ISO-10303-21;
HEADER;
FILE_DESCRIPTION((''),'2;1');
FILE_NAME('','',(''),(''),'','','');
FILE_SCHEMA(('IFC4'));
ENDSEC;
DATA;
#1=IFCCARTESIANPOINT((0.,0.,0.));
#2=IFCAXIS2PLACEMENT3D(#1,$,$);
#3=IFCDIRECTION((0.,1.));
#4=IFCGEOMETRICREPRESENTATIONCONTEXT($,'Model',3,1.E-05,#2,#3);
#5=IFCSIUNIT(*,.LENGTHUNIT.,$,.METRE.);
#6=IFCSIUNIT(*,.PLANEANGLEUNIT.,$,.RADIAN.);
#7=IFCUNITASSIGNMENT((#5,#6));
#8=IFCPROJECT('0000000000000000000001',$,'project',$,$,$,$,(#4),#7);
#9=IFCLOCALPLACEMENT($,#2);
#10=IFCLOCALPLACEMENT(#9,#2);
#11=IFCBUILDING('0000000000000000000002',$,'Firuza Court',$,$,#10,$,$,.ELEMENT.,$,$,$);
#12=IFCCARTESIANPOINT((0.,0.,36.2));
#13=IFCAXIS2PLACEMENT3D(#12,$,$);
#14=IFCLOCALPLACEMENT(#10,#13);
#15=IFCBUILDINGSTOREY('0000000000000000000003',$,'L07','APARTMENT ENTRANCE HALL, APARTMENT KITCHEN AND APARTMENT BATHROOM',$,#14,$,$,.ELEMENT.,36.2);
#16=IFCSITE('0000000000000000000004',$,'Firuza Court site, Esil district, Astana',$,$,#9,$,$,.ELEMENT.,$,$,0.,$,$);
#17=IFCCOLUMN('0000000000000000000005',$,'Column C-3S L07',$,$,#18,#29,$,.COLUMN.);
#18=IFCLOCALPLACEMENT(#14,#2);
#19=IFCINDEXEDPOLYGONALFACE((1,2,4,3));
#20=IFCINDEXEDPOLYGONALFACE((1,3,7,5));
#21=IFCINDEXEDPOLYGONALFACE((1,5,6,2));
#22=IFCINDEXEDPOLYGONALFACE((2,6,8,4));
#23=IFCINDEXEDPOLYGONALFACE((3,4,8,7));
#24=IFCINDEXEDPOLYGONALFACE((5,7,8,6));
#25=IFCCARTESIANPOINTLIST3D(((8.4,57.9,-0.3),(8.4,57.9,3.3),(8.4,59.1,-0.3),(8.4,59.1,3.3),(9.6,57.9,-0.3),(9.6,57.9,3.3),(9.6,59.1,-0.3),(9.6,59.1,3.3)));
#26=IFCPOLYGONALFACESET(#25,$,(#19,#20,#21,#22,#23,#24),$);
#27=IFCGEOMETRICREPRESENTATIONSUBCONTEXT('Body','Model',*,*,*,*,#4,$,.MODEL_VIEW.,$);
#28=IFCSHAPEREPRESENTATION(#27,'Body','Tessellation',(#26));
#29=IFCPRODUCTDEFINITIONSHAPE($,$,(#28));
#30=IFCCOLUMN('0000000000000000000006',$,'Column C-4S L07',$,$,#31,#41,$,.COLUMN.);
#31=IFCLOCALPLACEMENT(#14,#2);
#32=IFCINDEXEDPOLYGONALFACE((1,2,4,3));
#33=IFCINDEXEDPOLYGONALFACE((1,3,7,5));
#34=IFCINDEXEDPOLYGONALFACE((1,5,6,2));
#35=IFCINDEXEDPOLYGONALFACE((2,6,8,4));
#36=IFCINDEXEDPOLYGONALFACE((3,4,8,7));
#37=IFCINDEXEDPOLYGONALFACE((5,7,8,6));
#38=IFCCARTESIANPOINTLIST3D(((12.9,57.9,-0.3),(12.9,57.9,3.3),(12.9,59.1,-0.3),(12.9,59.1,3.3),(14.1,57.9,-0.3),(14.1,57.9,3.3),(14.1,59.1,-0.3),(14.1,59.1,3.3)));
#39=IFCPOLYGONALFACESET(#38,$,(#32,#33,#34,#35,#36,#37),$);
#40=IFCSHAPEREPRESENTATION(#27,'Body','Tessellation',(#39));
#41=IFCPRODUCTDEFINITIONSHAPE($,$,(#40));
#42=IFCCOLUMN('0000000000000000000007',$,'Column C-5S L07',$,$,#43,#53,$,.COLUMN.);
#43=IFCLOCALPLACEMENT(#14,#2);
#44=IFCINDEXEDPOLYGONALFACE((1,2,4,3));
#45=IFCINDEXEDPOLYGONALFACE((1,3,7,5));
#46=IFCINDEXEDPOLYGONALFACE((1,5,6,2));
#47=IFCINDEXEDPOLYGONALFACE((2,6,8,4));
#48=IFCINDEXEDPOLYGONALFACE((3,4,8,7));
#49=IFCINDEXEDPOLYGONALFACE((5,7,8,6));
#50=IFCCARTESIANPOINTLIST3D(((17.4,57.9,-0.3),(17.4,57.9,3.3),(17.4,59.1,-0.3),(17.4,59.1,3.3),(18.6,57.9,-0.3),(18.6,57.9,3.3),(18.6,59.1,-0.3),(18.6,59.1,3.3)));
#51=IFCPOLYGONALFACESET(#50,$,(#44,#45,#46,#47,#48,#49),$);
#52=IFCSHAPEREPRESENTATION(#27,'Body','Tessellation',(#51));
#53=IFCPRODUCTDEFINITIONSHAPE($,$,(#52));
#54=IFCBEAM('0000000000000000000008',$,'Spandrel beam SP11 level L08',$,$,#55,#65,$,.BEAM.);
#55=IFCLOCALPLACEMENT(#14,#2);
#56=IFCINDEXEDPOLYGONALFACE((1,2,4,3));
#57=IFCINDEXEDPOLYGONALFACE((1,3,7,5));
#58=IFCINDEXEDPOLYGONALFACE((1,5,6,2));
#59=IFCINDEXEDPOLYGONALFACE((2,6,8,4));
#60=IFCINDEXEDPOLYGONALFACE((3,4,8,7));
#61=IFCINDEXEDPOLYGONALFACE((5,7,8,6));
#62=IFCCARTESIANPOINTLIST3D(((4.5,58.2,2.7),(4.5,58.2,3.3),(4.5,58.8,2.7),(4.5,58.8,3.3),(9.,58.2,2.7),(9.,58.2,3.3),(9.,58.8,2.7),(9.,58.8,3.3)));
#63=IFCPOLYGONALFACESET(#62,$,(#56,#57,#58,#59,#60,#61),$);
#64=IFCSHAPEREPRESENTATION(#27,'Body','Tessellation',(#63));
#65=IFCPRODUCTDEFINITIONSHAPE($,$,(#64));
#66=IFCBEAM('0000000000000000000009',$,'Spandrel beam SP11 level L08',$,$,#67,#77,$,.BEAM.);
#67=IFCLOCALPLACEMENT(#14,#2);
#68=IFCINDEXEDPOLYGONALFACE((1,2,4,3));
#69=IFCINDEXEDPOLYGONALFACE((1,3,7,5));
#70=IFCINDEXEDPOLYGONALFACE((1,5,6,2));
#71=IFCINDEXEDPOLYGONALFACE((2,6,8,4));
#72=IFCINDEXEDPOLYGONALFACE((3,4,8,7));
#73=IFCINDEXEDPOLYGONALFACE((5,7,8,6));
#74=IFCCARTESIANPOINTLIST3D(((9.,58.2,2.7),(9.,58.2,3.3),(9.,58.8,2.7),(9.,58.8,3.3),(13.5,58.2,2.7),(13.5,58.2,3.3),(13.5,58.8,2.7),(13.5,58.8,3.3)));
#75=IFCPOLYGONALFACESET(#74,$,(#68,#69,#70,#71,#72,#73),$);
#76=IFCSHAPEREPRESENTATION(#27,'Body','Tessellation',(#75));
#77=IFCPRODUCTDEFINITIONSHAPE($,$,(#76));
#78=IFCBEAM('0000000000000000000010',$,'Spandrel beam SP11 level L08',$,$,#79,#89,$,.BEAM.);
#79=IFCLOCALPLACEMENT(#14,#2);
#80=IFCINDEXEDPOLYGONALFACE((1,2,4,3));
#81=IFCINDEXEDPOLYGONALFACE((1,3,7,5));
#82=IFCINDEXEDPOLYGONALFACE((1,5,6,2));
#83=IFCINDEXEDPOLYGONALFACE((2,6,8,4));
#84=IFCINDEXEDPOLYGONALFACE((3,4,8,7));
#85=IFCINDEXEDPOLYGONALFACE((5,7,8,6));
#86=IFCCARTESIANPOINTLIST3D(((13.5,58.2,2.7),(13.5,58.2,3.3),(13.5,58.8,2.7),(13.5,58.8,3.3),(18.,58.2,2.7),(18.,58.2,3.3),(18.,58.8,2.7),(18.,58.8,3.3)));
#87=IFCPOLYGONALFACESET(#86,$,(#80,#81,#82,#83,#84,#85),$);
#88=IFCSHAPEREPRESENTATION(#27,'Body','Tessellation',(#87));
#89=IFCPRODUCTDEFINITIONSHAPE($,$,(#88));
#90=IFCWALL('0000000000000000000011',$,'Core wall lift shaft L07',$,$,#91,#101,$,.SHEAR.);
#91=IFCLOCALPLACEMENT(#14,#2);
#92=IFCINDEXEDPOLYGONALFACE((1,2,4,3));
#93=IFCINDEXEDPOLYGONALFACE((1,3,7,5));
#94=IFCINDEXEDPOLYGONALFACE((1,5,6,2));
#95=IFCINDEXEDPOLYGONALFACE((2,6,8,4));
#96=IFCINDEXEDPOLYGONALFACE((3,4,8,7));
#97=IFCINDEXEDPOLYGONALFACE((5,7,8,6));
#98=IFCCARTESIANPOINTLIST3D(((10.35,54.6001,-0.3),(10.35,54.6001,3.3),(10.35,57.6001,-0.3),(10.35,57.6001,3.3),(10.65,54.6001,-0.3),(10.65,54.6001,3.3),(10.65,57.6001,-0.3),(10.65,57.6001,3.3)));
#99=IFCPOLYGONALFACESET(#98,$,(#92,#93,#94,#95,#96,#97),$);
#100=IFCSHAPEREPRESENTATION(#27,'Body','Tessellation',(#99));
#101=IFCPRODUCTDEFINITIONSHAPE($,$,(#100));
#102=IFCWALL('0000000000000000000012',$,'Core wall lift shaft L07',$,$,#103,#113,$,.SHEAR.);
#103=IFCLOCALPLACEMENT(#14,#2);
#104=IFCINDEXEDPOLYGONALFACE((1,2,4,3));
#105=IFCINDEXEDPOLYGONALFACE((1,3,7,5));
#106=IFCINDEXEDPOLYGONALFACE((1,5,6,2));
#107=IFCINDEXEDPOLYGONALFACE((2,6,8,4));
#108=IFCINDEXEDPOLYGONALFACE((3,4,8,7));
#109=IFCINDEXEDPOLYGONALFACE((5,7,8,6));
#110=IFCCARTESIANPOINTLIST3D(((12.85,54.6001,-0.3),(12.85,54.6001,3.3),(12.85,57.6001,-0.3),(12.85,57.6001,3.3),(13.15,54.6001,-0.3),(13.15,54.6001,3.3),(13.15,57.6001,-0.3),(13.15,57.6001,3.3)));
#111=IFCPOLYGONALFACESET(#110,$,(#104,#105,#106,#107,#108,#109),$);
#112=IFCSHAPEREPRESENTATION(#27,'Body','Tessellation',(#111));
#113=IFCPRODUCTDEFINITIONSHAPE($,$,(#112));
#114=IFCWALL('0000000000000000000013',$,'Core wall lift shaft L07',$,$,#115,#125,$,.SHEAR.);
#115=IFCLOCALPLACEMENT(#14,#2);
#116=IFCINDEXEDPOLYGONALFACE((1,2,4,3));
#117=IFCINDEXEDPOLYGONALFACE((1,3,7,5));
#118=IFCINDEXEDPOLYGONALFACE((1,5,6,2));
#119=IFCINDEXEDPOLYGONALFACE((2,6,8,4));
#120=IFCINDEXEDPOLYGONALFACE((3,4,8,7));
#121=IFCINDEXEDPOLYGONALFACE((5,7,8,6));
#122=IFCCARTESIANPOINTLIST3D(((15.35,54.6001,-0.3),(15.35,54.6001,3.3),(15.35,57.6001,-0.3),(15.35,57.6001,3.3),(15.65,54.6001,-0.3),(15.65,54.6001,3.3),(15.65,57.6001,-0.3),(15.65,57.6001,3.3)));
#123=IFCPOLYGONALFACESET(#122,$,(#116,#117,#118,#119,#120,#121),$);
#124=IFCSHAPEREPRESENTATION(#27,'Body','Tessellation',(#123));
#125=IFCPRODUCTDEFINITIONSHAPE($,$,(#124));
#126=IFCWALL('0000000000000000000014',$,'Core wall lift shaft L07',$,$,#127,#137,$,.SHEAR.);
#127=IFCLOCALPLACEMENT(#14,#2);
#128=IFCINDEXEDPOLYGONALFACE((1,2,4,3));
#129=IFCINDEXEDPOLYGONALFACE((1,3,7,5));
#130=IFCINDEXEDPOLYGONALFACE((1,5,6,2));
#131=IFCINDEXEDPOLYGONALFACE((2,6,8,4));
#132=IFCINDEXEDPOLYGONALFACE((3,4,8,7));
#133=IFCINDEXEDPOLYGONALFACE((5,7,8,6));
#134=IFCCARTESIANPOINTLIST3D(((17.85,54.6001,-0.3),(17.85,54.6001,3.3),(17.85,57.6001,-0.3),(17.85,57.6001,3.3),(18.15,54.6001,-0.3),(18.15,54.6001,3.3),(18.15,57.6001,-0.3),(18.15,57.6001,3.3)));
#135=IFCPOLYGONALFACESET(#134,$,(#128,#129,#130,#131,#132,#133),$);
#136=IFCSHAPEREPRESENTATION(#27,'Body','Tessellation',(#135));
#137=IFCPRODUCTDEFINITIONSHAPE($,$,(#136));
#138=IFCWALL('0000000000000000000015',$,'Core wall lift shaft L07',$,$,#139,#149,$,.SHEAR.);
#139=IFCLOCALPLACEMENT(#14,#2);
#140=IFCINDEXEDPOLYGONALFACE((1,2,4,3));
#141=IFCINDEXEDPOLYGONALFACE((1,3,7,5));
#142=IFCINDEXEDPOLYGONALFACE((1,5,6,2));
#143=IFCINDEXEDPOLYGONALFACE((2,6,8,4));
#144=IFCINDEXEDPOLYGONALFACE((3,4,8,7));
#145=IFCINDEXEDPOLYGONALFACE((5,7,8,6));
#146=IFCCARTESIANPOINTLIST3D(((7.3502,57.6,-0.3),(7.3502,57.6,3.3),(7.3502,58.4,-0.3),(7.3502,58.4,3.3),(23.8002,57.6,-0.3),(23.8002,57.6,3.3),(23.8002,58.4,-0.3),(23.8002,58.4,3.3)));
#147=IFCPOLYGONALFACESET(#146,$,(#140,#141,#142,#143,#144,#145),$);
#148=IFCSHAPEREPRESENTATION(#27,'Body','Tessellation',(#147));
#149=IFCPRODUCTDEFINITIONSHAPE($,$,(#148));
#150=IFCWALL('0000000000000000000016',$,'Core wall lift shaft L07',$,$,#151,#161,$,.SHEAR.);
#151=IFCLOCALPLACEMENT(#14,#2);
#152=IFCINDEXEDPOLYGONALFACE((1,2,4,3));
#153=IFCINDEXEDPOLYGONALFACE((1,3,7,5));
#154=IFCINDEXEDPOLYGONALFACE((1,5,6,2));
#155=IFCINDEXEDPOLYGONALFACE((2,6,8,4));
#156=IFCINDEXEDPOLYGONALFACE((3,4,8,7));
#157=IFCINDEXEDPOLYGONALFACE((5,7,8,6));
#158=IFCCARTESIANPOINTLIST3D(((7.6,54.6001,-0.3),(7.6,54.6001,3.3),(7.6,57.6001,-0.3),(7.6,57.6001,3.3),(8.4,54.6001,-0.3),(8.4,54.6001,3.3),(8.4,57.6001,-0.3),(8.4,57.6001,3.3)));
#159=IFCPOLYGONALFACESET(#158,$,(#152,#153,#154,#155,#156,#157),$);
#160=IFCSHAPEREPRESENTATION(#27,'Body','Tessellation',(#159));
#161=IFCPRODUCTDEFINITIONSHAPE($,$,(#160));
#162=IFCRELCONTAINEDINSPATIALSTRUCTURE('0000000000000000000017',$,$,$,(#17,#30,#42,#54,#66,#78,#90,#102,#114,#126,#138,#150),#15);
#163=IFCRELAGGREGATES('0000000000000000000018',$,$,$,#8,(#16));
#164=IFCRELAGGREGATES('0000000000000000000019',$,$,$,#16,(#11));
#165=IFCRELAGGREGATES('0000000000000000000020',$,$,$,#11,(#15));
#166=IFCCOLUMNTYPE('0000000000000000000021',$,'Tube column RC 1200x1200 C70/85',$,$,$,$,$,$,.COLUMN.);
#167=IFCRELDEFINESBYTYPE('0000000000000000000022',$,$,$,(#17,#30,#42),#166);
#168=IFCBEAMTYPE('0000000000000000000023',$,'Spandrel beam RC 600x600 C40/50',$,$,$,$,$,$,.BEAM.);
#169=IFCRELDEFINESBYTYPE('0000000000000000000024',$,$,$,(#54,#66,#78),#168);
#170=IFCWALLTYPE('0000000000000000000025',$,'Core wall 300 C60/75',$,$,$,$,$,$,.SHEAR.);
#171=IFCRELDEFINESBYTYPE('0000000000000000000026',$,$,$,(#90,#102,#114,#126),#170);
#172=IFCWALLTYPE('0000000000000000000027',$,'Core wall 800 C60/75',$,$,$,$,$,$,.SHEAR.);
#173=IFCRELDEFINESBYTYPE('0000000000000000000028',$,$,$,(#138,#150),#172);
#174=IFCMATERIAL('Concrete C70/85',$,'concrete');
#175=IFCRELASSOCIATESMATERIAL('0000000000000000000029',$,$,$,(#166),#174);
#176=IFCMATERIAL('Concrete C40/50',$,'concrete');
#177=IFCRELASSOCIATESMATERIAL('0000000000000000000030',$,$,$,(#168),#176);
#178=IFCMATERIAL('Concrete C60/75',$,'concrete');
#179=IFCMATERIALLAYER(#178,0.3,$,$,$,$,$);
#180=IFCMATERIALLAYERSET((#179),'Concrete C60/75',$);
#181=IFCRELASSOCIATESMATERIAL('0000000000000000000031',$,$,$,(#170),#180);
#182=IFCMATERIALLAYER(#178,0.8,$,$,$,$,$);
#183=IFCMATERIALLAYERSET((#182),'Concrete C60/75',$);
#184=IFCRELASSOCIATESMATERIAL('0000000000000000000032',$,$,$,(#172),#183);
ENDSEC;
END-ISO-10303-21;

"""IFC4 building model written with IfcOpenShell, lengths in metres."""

from ifc_helpers import new_model, si_unit, direction, frame, frame_2d, origin, origin_2d, place, context, subcontext, project, spatial, rectangle, extrude, material, layer, layer_set, material_profile, profile_set, type_object, element, save


model = new_model("IFC4")

# Units and contexts
model_context = context("Model", 3, precision=1e-05, world=origin(), true_north=direction((0.0, 1.0)))
body_context = subcontext(model_context, "Body", "Model", "MODEL_VIEW")
ifc_project = project(units=[si_unit("LENGTHUNIT", "METRE"), si_unit("PLANEANGLEUNIT", "RADIAN")], contexts=[model_context])

# Site, building, storey
site_placement = place(None, origin())
site = spatial("IfcSite", under=ifc_project, at=site_placement, Name="Firuza Court site, Esil district, Astana", CompositionType="ELEMENT", RefElevation=0.0)
building_placement = place(site_placement, origin())
building = spatial("IfcBuilding", under=site, at=building_placement, Name="Firuza Court", CompositionType="ELEMENT")
storey_placement = place(building_placement, frame((0.0, 0.0, 36.2)))
storey = spatial("IfcBuildingStorey", under=building, at=storey_placement, Name="L07", Description="APARTMENT ENTRANCE HALL, APARTMENT KITCHEN AND APARTMENT BATHROOM", CompositionType="ELEMENT", Elevation=36.2)

# Columns
ifc_material_1 = material(Name="Concrete C70/85", Category="concrete")
ifc_material_profile_1 = material_profile(ifc_material_1, rectangle(XDim=1.2, YDim=1.2, at=origin_2d()), Name="RC 1200x1200")
ifc_profile_set_1 = profile_set([ifc_material_profile_1], Name="Concrete C70/85")
column_type = type_object("IfcColumnType", Name="Tube column RC 1200x1200 C70/85", PredefinedType="COLUMN", material=ifc_profile_set_1)
for number, where, z_axis, x_axis, name in (
    (1, (9.0, 58.5, -0.3), (0.0, 0.0, 1.0), (1.0, 0.0, 0.0), "Column C-3S L07"),
    (2, (13.5, 58.5, -0.3), (0.0, 0.0, 1.0), (1.0, 0.0, 0.0), "Column C-4S L07"),
    (3, (18.0, 58.5, -0.3), (0.0, 0.0, 1.0), (1.0, 0.0, 0.0), "Column C-5S L07"),
):
    element("IfcColumn", number, at=place(storey_placement, frame(where, z_axis=z_axis, x_axis=x_axis)), inside=storey, type_object=column_type, Name=name, PredefinedType="COLUMN", context=body_context, shape_type="SweptSolid", body=[
        extrude(rectangle(XDim=1.2, YDim=1.2, at=origin_2d()), origin(), (0.0, 0.0, 1.0), 3.6001),
    ])

# Beams
ifc_material_2 = material(Name="Concrete C40/50", Category="concrete")
ifc_material_profile_2 = material_profile(ifc_material_2, rectangle(XDim=0.6001, YDim=0.6001, at=origin_2d()), Name="RC 600x600")
ifc_profile_set_2 = profile_set([ifc_material_profile_2], Name="Concrete C40/50")
beam_type = type_object("IfcBeamType", Name="Spandrel beam RC 600x600 C40/50", PredefinedType="BEAM", material=ifc_profile_set_2)
for number, where, z_axis, x_axis, name in (
    (4, (9.0, 58.5, 3.0), (-1.0, 0.0, 0.0), (0.0, -1.0, 0.0), "Spandrel beam SP11 level L08"),
    (5, (13.5, 58.5, 3.0), (-1.0, 0.0, 0.0), (0.0, -1.0, 0.0), "Spandrel beam SP11 level L08"),
    (6, (18.0, 58.5, 3.0), (-1.0, 0.0, 0.0), (0.0, -1.0, 0.0), "Spandrel beam SP11 level L08"),
):
    element("IfcBeam", number, at=place(storey_placement, frame(where, z_axis=z_axis, x_axis=x_axis)), inside=storey, type_object=beam_type, Name=name, PredefinedType="BEAM", context=body_context, shape_type="SweptSolid", body=[
        extrude(rectangle(XDim=0.6001, YDim=0.6001, at=origin_2d()), origin(), (0.0, 0.0, 1.0), 4.5),
    ])

# Walls
ifc_material_3 = material(Name="Concrete C60/75", Category="concrete")
ifc_layer_1 = layer(ifc_material_3, 0.3)
ifc_layer_set_1 = layer_set([ifc_layer_1], Name="Concrete C60/75")
wall_type_1 = type_object("IfcWallType", Name="Core wall 300 C60/75", PredefinedType="SHEAR", material=ifc_layer_set_1)
for number, where, z_axis, x_axis, name in (
    (7, (10.5, 54.6001, -0.3), (0.0, 0.0, 1.0), (0.0, 1.0, 0.0), "Core wall lift shaft L07"),
    (8, (13.0, 54.6001, -0.3), (0.0, 0.0, 1.0), (0.0, 1.0, 0.0), "Core wall lift shaft L07"),
    (9, (15.5, 54.6001, -0.3), (0.0, 0.0, 1.0), (0.0, 1.0, 0.0), "Core wall lift shaft L07"),
    (10, (18.0, 54.6001, -0.3), (0.0, 0.0, 1.0), (0.0, 1.0, 0.0), "Core wall lift shaft L07"),
):
    element("IfcWall", number, at=place(storey_placement, frame(where, z_axis=z_axis, x_axis=x_axis)), inside=storey, type_object=wall_type_1, Name=name, PredefinedType="SHEAR", context=body_context, shape_type="SweptSolid", body=[
        extrude(rectangle(XDim=3.0, YDim=0.3, at=frame_2d((1.5, 0.0))), origin(), (0.0, 0.0, 1.0), 3.6001),
    ])
ifc_layer_2 = layer(ifc_material_3, 0.8)
ifc_layer_set_2 = layer_set([ifc_layer_2], Name="Concrete C60/75")
wall_type_2 = type_object("IfcWallType", Name="Core wall 800 C60/75", PredefinedType="SHEAR", material=ifc_layer_set_2)
wall_1_placement = place(storey_placement, frame((7.3501, 58.0, -0.3), z_axis=(0.0, 0.0, 1.0), x_axis=(1.0, 0.0, 0.0)))
element("IfcWall", 11, at=wall_1_placement, inside=storey, type_object=wall_type_2, Name="Core wall lift shaft L07", PredefinedType="SHEAR", context=body_context, shape_type="SweptSolid", body=[
    extrude(rectangle(XDim=16.45, YDim=0.8, at=frame_2d((8.2251, 0.0))), origin(), (0.0, 0.0, 1.0), 3.6001),
])
wall_2_placement = place(storey_placement, frame((8.0, 54.6001, -0.3), z_axis=(0.0, 0.0, 1.0), x_axis=(0.0, 1.0, 0.0)))
element("IfcWall", 12, at=wall_2_placement, inside=storey, type_object=wall_type_2, Name="Core wall lift shaft L07", PredefinedType="SHEAR", context=body_context, shape_type="SweptSolid", body=[
    extrude(rectangle(XDim=3.0, YDim=0.8, at=frame_2d((1.5, 0.0))), origin(), (0.0, 0.0, 1.0), 3.6001),
])

save(model, "model.ifc")
